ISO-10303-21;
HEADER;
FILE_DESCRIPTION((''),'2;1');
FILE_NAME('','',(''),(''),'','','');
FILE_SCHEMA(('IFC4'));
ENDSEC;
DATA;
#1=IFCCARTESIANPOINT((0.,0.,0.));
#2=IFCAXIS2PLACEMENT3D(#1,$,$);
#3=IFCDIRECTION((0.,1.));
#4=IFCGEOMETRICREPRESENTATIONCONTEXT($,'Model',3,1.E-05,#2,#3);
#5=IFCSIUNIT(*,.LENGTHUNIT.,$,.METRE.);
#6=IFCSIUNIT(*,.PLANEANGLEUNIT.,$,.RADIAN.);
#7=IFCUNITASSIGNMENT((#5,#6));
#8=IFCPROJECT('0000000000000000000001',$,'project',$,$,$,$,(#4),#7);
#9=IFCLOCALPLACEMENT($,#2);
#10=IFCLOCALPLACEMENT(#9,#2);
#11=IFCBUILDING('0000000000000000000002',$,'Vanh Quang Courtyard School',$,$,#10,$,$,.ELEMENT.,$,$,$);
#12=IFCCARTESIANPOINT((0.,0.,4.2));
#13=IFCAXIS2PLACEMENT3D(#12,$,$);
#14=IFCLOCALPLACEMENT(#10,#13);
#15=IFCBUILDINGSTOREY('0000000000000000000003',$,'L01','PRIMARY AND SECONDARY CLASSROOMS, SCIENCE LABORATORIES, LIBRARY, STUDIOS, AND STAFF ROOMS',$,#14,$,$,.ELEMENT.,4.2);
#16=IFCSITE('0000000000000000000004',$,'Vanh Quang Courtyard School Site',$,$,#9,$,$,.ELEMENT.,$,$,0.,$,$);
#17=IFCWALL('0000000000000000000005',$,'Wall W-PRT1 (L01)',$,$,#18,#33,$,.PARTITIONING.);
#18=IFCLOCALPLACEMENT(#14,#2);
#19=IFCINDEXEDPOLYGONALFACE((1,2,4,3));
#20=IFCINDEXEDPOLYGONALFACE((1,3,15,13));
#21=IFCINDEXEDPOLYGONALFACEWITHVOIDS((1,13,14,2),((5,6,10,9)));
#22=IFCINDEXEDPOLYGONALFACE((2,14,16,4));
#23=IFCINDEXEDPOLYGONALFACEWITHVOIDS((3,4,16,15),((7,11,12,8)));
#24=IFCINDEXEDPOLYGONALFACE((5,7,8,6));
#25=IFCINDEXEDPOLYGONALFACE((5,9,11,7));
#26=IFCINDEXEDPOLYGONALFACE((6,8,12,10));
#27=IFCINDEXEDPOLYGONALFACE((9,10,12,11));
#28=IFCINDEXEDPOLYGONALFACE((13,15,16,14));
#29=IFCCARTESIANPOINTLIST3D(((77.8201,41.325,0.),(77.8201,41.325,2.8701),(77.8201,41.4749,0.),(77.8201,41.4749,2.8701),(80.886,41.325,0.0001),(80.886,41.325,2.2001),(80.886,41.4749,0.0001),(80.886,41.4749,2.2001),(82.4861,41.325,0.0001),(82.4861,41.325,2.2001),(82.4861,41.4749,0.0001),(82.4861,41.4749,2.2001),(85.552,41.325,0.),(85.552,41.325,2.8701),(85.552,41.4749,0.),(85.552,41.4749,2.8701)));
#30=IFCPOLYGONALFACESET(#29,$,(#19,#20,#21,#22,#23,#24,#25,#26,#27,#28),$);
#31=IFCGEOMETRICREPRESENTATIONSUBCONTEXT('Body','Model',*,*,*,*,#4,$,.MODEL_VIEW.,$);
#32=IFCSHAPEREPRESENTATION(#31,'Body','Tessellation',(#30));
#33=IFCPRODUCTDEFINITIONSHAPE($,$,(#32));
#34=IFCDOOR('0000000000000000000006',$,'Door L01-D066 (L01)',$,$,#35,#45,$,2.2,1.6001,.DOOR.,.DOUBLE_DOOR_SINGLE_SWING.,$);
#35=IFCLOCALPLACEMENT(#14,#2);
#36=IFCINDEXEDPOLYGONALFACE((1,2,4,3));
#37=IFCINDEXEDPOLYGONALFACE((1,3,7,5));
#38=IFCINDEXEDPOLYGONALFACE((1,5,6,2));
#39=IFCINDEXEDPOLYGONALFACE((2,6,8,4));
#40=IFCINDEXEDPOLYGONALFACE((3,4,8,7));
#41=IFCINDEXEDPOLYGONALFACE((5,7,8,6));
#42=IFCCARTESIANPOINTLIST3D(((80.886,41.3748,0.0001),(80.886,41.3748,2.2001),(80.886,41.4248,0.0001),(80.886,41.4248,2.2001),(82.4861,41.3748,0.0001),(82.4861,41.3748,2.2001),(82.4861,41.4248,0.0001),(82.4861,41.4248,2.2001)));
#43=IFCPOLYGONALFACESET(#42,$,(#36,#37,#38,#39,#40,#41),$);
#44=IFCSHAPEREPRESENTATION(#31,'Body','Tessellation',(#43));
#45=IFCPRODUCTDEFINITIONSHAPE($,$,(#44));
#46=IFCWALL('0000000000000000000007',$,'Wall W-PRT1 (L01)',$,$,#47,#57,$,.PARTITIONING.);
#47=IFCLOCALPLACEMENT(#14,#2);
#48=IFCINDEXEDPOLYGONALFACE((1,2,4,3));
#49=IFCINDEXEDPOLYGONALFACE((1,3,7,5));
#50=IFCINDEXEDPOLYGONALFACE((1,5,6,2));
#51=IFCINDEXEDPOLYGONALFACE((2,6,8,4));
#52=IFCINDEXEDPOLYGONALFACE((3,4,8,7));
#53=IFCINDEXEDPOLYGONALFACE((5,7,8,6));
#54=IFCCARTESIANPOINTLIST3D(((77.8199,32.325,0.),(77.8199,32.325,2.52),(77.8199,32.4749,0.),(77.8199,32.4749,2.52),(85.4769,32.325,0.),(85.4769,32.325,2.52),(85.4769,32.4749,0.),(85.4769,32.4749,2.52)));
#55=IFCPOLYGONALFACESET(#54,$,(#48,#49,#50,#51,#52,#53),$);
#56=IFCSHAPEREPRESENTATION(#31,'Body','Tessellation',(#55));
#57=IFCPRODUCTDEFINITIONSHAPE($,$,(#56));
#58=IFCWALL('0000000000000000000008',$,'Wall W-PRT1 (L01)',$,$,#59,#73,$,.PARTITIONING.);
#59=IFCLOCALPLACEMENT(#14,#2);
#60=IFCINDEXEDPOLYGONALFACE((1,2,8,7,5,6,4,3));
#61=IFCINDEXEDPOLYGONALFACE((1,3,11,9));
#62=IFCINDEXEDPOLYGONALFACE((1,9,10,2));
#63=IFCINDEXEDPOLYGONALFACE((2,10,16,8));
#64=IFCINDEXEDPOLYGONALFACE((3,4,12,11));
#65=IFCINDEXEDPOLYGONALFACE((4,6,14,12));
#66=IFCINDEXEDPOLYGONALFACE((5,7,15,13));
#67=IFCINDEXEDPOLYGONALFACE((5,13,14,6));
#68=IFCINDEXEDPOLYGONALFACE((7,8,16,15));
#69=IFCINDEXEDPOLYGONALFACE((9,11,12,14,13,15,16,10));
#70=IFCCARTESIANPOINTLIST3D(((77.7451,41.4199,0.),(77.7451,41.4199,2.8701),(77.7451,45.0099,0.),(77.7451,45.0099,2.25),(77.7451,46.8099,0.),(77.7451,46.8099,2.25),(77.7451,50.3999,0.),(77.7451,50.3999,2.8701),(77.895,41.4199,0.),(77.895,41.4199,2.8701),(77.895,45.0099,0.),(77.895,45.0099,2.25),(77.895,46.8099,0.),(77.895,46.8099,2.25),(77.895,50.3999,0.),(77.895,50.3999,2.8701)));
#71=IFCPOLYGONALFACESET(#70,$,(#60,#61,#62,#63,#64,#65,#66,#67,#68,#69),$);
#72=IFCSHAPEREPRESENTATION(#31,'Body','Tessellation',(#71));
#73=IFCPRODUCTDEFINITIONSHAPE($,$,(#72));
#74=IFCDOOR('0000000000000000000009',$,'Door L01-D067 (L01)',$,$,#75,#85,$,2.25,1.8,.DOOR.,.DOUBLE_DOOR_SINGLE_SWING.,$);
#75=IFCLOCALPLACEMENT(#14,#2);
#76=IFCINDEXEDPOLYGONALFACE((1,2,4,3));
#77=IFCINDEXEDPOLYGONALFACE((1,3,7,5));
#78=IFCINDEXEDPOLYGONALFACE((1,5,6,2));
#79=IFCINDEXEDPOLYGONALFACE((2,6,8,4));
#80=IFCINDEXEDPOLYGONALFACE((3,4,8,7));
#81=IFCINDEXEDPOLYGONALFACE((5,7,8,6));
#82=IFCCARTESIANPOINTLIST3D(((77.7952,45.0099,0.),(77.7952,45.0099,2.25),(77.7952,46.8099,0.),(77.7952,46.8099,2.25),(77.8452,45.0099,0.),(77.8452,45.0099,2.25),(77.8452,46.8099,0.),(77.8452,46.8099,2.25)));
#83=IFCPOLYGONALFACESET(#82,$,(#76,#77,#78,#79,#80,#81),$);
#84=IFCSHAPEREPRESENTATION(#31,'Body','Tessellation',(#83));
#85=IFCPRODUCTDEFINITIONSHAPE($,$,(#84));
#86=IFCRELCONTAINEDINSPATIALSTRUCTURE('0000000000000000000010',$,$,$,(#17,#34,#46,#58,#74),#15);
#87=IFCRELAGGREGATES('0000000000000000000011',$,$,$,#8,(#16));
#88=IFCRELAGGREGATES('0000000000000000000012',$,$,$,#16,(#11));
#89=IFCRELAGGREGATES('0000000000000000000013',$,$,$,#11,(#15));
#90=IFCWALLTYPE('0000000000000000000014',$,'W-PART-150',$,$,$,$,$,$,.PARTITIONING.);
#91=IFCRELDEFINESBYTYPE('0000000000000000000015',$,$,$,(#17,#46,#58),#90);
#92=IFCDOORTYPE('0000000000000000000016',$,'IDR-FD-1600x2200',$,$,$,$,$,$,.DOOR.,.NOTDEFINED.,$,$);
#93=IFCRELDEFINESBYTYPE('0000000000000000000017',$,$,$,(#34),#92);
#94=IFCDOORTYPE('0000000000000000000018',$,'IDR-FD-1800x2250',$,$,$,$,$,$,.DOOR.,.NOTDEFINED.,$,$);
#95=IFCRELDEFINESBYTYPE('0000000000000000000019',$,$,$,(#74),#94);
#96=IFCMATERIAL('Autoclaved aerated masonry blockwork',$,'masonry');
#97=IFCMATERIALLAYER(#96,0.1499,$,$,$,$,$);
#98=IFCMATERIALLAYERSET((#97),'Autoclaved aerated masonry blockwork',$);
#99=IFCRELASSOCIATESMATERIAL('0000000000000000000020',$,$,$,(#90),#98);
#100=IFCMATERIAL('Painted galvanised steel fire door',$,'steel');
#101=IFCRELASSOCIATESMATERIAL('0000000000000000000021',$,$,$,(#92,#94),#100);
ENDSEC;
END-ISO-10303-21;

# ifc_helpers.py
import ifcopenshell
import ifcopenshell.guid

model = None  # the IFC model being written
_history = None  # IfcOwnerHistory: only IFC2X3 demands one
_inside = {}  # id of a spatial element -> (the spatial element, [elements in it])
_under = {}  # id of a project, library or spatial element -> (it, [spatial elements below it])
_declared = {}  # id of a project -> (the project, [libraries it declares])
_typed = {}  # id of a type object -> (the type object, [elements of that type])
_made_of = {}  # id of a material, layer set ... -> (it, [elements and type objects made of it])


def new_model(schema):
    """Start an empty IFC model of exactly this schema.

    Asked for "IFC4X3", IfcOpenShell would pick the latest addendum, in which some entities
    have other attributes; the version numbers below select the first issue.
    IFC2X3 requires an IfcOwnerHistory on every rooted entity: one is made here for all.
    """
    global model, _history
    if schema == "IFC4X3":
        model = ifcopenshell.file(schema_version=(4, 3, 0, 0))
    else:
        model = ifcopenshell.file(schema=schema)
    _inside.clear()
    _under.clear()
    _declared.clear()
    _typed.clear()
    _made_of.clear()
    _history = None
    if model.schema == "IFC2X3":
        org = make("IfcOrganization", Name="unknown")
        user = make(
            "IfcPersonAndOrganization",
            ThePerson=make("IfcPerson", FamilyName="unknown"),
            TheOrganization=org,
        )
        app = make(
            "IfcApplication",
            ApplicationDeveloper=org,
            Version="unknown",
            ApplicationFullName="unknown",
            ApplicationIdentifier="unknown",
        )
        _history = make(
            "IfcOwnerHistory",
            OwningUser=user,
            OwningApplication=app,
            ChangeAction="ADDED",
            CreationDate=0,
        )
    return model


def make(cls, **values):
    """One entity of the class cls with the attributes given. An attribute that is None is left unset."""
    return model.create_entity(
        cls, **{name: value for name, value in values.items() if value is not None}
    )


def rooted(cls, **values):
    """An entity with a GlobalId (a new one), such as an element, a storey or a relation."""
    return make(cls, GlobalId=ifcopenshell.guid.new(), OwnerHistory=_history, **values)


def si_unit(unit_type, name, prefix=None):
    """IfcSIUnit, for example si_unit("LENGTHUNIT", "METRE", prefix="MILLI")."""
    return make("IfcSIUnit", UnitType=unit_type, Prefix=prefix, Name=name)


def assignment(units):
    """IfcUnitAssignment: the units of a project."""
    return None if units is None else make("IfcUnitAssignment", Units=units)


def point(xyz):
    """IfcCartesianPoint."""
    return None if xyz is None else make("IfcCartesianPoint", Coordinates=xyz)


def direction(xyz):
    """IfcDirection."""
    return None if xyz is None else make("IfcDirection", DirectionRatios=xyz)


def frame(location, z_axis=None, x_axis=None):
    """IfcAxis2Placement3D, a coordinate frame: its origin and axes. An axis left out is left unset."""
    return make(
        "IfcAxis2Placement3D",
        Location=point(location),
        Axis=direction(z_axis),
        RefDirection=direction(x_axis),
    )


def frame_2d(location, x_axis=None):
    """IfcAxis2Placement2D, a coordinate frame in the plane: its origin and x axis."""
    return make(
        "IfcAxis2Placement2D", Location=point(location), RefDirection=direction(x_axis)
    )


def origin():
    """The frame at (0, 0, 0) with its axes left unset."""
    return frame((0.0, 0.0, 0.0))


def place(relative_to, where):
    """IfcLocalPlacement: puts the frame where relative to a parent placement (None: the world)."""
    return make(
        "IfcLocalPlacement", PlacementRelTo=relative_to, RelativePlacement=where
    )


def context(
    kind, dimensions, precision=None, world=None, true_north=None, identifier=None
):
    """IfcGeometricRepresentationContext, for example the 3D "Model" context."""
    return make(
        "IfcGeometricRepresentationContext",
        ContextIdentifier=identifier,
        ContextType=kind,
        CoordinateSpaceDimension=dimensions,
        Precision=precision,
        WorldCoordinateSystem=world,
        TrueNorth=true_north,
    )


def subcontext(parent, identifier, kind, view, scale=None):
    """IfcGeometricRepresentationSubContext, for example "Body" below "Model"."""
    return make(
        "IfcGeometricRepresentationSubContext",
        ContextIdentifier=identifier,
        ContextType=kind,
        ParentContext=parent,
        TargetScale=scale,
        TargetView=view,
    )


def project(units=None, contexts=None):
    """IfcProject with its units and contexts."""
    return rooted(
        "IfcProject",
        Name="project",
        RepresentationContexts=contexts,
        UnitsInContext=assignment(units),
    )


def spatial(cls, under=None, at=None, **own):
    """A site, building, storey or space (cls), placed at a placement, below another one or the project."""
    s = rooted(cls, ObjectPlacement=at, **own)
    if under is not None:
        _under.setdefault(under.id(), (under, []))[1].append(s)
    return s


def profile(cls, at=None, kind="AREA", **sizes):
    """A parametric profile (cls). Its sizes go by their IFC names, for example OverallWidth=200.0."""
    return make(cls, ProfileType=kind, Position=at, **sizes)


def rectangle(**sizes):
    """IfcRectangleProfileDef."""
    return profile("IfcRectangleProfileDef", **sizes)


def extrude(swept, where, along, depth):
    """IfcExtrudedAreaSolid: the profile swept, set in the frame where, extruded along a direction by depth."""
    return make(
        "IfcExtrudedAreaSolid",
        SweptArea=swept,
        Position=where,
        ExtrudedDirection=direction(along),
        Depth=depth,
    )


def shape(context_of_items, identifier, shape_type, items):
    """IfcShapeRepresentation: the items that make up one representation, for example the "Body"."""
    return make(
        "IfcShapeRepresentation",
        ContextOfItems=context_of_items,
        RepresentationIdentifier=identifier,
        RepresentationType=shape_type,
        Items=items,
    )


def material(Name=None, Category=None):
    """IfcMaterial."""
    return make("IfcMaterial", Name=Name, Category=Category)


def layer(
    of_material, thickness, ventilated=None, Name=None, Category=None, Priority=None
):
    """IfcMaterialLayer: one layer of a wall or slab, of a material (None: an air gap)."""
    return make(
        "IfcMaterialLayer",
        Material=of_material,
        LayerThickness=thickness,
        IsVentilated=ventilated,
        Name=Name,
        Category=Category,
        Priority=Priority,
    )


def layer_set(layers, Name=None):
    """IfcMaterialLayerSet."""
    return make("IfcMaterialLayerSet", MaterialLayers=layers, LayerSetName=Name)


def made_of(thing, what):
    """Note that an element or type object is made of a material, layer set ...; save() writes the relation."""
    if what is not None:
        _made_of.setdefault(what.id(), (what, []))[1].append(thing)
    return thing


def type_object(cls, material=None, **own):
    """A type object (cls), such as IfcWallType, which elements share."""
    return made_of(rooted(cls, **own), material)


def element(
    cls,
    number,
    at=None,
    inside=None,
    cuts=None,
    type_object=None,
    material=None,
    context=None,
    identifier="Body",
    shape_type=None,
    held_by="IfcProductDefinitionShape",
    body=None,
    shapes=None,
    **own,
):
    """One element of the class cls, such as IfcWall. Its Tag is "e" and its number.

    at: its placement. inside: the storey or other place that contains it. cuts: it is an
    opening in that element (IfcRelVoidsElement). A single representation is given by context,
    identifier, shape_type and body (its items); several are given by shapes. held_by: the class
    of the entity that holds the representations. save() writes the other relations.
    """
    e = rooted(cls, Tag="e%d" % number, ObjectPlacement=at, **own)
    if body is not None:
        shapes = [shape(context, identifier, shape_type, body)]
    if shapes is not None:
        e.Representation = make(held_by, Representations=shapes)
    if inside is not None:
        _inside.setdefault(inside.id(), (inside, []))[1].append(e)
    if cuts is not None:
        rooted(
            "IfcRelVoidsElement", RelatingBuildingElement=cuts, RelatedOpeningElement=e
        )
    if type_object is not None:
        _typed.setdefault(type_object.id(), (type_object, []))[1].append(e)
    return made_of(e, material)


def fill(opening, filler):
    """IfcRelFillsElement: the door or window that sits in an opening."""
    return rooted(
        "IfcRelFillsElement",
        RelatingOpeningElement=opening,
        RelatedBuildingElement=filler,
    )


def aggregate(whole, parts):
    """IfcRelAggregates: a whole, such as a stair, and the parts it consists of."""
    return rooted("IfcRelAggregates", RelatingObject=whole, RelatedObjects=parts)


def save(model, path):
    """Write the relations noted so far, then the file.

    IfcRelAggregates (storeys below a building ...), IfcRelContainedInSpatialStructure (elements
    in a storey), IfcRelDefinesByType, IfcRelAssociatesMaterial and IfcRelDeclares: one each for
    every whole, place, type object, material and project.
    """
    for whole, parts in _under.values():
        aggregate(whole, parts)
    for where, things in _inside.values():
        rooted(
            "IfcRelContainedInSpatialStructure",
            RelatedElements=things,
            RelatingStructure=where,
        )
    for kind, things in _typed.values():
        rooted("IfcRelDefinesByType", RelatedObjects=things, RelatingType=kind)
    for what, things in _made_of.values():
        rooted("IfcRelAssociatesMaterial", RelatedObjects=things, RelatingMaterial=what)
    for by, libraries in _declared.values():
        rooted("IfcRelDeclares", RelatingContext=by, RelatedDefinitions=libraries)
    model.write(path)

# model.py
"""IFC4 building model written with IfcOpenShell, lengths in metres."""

from ifc_helpers import new_model, si_unit, direction, frame, frame_2d, origin, place, context, subcontext, project, spatial, rectangle, extrude, material, layer, layer_set, type_object, element, fill, save


model = new_model("IFC4")

# Units and contexts
model_context = context("Model", 3, precision=1e-05, world=origin(), true_north=direction((0.0, 1.0)))
body_context = subcontext(model_context, "Body", "Model", "MODEL_VIEW")
ifc_project = project(units=[si_unit("LENGTHUNIT", "METRE"), si_unit("PLANEANGLEUNIT", "RADIAN")], contexts=[model_context])

# Site, building, storey
site_placement = place(None, origin())
site = spatial("IfcSite", under=ifc_project, at=site_placement, Name="Vanh Quang Courtyard School Site", CompositionType="ELEMENT", RefElevation=0.0)
building_placement = place(site_placement, origin())
building = spatial("IfcBuilding", under=site, at=building_placement, Name="Vanh Quang Courtyard School", CompositionType="ELEMENT")
storey_placement = place(building_placement, frame((0.0, 0.0, 4.2)))
storey = spatial("IfcBuildingStorey", under=building, at=storey_placement, Name="L01", Description="PRIMARY AND SECONDARY CLASSROOMS, SCIENCE LABORATORIES, LIBRARY, STUDIOS, AND STAFF ROOMS", CompositionType="ELEMENT", Elevation=4.2)

# Wall, opening, door
ifc_material_1 = material(Name="Autoclaved aerated masonry blockwork", Category="masonry")
ifc_layer_1 = layer(ifc_material_1, 0.1499)
ifc_layer_set_1 = layer_set([ifc_layer_1], Name="Autoclaved aerated masonry blockwork")
wall_type_1 = type_object("IfcWallType", Name="W-PART-150", PredefinedType="PARTITIONING", material=ifc_layer_set_1)
wall_1_placement = place(storey_placement, frame((77.8201, 41.3999, 0.0), z_axis=(0.0, 0.0, 1.0), x_axis=(1.0, 0.0, 0.0)))
wall_1 = element("IfcWall", 1, at=wall_1_placement, inside=storey, type_object=wall_type_1, Name="Wall W-PRT1 (L01)", PredefinedType="PARTITIONING", context=body_context, shape_type="SweptSolid", body=[
    extrude(rectangle(XDim=7.7319, YDim=0.1499, at=frame_2d((3.866, 0.0))), origin(), (0.0, 0.0, 1.0), 2.8701),
])
opening_1_placement = place(wall_1_placement, frame((3.0659, 0.0, 0.0)))
opening_1 = element("IfcOpeningElement", 2, at=opening_1_placement, cuts=wall_1, PredefinedType="OPENING", context=body_context, shape_type="SweptSolid", body=[
    extrude(rectangle(XDim=1.6001, YDim=2.2, at=frame_2d((0.8, 1.1001))), frame((0.0, 0.085, 0.0), z_axis=(0.0, -1.0, 0.0), x_axis=(1.0, 0.0, 0.0)), (0.0, 0.0, 1.0), 0.1699),
])
ifc_material_2 = material(Name="Painted galvanised steel fire door", Category="steel")
door_type_1 = type_object("IfcDoorType", Name="IDR-FD-1600x2200", OperationType="NOTDEFINED", PredefinedType="DOOR", material=ifc_material_2)
door_1_placement = place(opening_1_placement, origin())
door_1 = element("IfcDoor", 3, at=door_1_placement, inside=storey, type_object=door_type_1, Name="Door L01-D066 (L01)", OperationType="DOUBLE_DOOR_SINGLE_SWING", OverallHeight=2.2, OverallWidth=1.6001, PredefinedType="DOOR", context=body_context, shape_type="SweptSolid", body=[
    extrude(rectangle(XDim=1.6001, YDim=2.2, at=frame_2d((0.8, 1.1001))), frame((0.0, 0.0249, 0.0), z_axis=(0.0, -1.0, 0.0), x_axis=(1.0, 0.0, 0.0)), (0.0, 0.0, 1.0), 0.05),
])
fill(opening_1, door_1)

# Wall
wall_2_placement = place(storey_placement, frame((85.4771, 32.3999, 0.0), z_axis=(0.0, 0.0, 1.0), x_axis=(-1.0, 0.0, 0.0)))
element("IfcWall", 4, at=wall_2_placement, inside=storey, type_object=wall_type_1, Name="Wall W-PRT1 (L01)", PredefinedType="PARTITIONING", context=body_context, shape_type="SweptSolid", body=[
    extrude(rectangle(XDim=7.657, YDim=0.1499, at=frame_2d((3.8286, 0.0))), origin(), (0.0, 0.0, 1.0), 2.52),
])

# Wall, opening, door
wall_3_placement = place(storey_placement, frame((77.8201, 41.4199, 0.0), z_axis=(0.0, 0.0, 1.0), x_axis=(0.0, 1.0, 0.0)))
wall_3 = element("IfcWall", 5, at=wall_3_placement, inside=storey, type_object=wall_type_1, Name="Wall W-PRT1 (L01)", PredefinedType="PARTITIONING", context=body_context, shape_type="SweptSolid", body=[
    extrude(rectangle(XDim=8.98, YDim=0.1499, at=frame_2d((4.49, 0.0))), origin(), (0.0, 0.0, 1.0), 2.8701),
])
opening_2_placement = place(wall_3_placement, frame((3.5901, 0.0, 0.0)))
opening_2 = element("IfcOpeningElement", 6, at=opening_2_placement, cuts=wall_3, PredefinedType="OPENING", context=body_context, shape_type="SweptSolid", body=[
    extrude(rectangle(XDim=1.8, YDim=2.25, at=frame_2d((0.8999, 1.125))), frame((0.0, 0.085, 0.0), z_axis=(0.0, -1.0, 0.0), x_axis=(1.0, 0.0, 0.0)), (0.0, 0.0, 1.0), 0.1699),
])
door_type_2 = type_object("IfcDoorType", Name="IDR-FD-1800x2250", OperationType="NOTDEFINED", PredefinedType="DOOR", material=ifc_material_2)
door_2_placement = place(opening_2_placement, origin())
door_2 = element("IfcDoor", 7, at=door_2_placement, inside=storey, type_object=door_type_2, Name="Door L01-D067 (L01)", OperationType="DOUBLE_DOOR_SINGLE_SWING", OverallHeight=2.25, OverallWidth=1.8, PredefinedType="DOOR", context=body_context, shape_type="SweptSolid", body=[
    extrude(rectangle(XDim=1.8, YDim=2.25, at=frame_2d((0.8999, 1.125))), frame((0.0, 0.0249, 0.0), z_axis=(0.0, -1.0, 0.0), x_axis=(1.0, 0.0, 0.0)), (0.0, 0.0, 1.0), 0.05),
])
fill(opening_2, door_2)

save(model, "model.ifc")
